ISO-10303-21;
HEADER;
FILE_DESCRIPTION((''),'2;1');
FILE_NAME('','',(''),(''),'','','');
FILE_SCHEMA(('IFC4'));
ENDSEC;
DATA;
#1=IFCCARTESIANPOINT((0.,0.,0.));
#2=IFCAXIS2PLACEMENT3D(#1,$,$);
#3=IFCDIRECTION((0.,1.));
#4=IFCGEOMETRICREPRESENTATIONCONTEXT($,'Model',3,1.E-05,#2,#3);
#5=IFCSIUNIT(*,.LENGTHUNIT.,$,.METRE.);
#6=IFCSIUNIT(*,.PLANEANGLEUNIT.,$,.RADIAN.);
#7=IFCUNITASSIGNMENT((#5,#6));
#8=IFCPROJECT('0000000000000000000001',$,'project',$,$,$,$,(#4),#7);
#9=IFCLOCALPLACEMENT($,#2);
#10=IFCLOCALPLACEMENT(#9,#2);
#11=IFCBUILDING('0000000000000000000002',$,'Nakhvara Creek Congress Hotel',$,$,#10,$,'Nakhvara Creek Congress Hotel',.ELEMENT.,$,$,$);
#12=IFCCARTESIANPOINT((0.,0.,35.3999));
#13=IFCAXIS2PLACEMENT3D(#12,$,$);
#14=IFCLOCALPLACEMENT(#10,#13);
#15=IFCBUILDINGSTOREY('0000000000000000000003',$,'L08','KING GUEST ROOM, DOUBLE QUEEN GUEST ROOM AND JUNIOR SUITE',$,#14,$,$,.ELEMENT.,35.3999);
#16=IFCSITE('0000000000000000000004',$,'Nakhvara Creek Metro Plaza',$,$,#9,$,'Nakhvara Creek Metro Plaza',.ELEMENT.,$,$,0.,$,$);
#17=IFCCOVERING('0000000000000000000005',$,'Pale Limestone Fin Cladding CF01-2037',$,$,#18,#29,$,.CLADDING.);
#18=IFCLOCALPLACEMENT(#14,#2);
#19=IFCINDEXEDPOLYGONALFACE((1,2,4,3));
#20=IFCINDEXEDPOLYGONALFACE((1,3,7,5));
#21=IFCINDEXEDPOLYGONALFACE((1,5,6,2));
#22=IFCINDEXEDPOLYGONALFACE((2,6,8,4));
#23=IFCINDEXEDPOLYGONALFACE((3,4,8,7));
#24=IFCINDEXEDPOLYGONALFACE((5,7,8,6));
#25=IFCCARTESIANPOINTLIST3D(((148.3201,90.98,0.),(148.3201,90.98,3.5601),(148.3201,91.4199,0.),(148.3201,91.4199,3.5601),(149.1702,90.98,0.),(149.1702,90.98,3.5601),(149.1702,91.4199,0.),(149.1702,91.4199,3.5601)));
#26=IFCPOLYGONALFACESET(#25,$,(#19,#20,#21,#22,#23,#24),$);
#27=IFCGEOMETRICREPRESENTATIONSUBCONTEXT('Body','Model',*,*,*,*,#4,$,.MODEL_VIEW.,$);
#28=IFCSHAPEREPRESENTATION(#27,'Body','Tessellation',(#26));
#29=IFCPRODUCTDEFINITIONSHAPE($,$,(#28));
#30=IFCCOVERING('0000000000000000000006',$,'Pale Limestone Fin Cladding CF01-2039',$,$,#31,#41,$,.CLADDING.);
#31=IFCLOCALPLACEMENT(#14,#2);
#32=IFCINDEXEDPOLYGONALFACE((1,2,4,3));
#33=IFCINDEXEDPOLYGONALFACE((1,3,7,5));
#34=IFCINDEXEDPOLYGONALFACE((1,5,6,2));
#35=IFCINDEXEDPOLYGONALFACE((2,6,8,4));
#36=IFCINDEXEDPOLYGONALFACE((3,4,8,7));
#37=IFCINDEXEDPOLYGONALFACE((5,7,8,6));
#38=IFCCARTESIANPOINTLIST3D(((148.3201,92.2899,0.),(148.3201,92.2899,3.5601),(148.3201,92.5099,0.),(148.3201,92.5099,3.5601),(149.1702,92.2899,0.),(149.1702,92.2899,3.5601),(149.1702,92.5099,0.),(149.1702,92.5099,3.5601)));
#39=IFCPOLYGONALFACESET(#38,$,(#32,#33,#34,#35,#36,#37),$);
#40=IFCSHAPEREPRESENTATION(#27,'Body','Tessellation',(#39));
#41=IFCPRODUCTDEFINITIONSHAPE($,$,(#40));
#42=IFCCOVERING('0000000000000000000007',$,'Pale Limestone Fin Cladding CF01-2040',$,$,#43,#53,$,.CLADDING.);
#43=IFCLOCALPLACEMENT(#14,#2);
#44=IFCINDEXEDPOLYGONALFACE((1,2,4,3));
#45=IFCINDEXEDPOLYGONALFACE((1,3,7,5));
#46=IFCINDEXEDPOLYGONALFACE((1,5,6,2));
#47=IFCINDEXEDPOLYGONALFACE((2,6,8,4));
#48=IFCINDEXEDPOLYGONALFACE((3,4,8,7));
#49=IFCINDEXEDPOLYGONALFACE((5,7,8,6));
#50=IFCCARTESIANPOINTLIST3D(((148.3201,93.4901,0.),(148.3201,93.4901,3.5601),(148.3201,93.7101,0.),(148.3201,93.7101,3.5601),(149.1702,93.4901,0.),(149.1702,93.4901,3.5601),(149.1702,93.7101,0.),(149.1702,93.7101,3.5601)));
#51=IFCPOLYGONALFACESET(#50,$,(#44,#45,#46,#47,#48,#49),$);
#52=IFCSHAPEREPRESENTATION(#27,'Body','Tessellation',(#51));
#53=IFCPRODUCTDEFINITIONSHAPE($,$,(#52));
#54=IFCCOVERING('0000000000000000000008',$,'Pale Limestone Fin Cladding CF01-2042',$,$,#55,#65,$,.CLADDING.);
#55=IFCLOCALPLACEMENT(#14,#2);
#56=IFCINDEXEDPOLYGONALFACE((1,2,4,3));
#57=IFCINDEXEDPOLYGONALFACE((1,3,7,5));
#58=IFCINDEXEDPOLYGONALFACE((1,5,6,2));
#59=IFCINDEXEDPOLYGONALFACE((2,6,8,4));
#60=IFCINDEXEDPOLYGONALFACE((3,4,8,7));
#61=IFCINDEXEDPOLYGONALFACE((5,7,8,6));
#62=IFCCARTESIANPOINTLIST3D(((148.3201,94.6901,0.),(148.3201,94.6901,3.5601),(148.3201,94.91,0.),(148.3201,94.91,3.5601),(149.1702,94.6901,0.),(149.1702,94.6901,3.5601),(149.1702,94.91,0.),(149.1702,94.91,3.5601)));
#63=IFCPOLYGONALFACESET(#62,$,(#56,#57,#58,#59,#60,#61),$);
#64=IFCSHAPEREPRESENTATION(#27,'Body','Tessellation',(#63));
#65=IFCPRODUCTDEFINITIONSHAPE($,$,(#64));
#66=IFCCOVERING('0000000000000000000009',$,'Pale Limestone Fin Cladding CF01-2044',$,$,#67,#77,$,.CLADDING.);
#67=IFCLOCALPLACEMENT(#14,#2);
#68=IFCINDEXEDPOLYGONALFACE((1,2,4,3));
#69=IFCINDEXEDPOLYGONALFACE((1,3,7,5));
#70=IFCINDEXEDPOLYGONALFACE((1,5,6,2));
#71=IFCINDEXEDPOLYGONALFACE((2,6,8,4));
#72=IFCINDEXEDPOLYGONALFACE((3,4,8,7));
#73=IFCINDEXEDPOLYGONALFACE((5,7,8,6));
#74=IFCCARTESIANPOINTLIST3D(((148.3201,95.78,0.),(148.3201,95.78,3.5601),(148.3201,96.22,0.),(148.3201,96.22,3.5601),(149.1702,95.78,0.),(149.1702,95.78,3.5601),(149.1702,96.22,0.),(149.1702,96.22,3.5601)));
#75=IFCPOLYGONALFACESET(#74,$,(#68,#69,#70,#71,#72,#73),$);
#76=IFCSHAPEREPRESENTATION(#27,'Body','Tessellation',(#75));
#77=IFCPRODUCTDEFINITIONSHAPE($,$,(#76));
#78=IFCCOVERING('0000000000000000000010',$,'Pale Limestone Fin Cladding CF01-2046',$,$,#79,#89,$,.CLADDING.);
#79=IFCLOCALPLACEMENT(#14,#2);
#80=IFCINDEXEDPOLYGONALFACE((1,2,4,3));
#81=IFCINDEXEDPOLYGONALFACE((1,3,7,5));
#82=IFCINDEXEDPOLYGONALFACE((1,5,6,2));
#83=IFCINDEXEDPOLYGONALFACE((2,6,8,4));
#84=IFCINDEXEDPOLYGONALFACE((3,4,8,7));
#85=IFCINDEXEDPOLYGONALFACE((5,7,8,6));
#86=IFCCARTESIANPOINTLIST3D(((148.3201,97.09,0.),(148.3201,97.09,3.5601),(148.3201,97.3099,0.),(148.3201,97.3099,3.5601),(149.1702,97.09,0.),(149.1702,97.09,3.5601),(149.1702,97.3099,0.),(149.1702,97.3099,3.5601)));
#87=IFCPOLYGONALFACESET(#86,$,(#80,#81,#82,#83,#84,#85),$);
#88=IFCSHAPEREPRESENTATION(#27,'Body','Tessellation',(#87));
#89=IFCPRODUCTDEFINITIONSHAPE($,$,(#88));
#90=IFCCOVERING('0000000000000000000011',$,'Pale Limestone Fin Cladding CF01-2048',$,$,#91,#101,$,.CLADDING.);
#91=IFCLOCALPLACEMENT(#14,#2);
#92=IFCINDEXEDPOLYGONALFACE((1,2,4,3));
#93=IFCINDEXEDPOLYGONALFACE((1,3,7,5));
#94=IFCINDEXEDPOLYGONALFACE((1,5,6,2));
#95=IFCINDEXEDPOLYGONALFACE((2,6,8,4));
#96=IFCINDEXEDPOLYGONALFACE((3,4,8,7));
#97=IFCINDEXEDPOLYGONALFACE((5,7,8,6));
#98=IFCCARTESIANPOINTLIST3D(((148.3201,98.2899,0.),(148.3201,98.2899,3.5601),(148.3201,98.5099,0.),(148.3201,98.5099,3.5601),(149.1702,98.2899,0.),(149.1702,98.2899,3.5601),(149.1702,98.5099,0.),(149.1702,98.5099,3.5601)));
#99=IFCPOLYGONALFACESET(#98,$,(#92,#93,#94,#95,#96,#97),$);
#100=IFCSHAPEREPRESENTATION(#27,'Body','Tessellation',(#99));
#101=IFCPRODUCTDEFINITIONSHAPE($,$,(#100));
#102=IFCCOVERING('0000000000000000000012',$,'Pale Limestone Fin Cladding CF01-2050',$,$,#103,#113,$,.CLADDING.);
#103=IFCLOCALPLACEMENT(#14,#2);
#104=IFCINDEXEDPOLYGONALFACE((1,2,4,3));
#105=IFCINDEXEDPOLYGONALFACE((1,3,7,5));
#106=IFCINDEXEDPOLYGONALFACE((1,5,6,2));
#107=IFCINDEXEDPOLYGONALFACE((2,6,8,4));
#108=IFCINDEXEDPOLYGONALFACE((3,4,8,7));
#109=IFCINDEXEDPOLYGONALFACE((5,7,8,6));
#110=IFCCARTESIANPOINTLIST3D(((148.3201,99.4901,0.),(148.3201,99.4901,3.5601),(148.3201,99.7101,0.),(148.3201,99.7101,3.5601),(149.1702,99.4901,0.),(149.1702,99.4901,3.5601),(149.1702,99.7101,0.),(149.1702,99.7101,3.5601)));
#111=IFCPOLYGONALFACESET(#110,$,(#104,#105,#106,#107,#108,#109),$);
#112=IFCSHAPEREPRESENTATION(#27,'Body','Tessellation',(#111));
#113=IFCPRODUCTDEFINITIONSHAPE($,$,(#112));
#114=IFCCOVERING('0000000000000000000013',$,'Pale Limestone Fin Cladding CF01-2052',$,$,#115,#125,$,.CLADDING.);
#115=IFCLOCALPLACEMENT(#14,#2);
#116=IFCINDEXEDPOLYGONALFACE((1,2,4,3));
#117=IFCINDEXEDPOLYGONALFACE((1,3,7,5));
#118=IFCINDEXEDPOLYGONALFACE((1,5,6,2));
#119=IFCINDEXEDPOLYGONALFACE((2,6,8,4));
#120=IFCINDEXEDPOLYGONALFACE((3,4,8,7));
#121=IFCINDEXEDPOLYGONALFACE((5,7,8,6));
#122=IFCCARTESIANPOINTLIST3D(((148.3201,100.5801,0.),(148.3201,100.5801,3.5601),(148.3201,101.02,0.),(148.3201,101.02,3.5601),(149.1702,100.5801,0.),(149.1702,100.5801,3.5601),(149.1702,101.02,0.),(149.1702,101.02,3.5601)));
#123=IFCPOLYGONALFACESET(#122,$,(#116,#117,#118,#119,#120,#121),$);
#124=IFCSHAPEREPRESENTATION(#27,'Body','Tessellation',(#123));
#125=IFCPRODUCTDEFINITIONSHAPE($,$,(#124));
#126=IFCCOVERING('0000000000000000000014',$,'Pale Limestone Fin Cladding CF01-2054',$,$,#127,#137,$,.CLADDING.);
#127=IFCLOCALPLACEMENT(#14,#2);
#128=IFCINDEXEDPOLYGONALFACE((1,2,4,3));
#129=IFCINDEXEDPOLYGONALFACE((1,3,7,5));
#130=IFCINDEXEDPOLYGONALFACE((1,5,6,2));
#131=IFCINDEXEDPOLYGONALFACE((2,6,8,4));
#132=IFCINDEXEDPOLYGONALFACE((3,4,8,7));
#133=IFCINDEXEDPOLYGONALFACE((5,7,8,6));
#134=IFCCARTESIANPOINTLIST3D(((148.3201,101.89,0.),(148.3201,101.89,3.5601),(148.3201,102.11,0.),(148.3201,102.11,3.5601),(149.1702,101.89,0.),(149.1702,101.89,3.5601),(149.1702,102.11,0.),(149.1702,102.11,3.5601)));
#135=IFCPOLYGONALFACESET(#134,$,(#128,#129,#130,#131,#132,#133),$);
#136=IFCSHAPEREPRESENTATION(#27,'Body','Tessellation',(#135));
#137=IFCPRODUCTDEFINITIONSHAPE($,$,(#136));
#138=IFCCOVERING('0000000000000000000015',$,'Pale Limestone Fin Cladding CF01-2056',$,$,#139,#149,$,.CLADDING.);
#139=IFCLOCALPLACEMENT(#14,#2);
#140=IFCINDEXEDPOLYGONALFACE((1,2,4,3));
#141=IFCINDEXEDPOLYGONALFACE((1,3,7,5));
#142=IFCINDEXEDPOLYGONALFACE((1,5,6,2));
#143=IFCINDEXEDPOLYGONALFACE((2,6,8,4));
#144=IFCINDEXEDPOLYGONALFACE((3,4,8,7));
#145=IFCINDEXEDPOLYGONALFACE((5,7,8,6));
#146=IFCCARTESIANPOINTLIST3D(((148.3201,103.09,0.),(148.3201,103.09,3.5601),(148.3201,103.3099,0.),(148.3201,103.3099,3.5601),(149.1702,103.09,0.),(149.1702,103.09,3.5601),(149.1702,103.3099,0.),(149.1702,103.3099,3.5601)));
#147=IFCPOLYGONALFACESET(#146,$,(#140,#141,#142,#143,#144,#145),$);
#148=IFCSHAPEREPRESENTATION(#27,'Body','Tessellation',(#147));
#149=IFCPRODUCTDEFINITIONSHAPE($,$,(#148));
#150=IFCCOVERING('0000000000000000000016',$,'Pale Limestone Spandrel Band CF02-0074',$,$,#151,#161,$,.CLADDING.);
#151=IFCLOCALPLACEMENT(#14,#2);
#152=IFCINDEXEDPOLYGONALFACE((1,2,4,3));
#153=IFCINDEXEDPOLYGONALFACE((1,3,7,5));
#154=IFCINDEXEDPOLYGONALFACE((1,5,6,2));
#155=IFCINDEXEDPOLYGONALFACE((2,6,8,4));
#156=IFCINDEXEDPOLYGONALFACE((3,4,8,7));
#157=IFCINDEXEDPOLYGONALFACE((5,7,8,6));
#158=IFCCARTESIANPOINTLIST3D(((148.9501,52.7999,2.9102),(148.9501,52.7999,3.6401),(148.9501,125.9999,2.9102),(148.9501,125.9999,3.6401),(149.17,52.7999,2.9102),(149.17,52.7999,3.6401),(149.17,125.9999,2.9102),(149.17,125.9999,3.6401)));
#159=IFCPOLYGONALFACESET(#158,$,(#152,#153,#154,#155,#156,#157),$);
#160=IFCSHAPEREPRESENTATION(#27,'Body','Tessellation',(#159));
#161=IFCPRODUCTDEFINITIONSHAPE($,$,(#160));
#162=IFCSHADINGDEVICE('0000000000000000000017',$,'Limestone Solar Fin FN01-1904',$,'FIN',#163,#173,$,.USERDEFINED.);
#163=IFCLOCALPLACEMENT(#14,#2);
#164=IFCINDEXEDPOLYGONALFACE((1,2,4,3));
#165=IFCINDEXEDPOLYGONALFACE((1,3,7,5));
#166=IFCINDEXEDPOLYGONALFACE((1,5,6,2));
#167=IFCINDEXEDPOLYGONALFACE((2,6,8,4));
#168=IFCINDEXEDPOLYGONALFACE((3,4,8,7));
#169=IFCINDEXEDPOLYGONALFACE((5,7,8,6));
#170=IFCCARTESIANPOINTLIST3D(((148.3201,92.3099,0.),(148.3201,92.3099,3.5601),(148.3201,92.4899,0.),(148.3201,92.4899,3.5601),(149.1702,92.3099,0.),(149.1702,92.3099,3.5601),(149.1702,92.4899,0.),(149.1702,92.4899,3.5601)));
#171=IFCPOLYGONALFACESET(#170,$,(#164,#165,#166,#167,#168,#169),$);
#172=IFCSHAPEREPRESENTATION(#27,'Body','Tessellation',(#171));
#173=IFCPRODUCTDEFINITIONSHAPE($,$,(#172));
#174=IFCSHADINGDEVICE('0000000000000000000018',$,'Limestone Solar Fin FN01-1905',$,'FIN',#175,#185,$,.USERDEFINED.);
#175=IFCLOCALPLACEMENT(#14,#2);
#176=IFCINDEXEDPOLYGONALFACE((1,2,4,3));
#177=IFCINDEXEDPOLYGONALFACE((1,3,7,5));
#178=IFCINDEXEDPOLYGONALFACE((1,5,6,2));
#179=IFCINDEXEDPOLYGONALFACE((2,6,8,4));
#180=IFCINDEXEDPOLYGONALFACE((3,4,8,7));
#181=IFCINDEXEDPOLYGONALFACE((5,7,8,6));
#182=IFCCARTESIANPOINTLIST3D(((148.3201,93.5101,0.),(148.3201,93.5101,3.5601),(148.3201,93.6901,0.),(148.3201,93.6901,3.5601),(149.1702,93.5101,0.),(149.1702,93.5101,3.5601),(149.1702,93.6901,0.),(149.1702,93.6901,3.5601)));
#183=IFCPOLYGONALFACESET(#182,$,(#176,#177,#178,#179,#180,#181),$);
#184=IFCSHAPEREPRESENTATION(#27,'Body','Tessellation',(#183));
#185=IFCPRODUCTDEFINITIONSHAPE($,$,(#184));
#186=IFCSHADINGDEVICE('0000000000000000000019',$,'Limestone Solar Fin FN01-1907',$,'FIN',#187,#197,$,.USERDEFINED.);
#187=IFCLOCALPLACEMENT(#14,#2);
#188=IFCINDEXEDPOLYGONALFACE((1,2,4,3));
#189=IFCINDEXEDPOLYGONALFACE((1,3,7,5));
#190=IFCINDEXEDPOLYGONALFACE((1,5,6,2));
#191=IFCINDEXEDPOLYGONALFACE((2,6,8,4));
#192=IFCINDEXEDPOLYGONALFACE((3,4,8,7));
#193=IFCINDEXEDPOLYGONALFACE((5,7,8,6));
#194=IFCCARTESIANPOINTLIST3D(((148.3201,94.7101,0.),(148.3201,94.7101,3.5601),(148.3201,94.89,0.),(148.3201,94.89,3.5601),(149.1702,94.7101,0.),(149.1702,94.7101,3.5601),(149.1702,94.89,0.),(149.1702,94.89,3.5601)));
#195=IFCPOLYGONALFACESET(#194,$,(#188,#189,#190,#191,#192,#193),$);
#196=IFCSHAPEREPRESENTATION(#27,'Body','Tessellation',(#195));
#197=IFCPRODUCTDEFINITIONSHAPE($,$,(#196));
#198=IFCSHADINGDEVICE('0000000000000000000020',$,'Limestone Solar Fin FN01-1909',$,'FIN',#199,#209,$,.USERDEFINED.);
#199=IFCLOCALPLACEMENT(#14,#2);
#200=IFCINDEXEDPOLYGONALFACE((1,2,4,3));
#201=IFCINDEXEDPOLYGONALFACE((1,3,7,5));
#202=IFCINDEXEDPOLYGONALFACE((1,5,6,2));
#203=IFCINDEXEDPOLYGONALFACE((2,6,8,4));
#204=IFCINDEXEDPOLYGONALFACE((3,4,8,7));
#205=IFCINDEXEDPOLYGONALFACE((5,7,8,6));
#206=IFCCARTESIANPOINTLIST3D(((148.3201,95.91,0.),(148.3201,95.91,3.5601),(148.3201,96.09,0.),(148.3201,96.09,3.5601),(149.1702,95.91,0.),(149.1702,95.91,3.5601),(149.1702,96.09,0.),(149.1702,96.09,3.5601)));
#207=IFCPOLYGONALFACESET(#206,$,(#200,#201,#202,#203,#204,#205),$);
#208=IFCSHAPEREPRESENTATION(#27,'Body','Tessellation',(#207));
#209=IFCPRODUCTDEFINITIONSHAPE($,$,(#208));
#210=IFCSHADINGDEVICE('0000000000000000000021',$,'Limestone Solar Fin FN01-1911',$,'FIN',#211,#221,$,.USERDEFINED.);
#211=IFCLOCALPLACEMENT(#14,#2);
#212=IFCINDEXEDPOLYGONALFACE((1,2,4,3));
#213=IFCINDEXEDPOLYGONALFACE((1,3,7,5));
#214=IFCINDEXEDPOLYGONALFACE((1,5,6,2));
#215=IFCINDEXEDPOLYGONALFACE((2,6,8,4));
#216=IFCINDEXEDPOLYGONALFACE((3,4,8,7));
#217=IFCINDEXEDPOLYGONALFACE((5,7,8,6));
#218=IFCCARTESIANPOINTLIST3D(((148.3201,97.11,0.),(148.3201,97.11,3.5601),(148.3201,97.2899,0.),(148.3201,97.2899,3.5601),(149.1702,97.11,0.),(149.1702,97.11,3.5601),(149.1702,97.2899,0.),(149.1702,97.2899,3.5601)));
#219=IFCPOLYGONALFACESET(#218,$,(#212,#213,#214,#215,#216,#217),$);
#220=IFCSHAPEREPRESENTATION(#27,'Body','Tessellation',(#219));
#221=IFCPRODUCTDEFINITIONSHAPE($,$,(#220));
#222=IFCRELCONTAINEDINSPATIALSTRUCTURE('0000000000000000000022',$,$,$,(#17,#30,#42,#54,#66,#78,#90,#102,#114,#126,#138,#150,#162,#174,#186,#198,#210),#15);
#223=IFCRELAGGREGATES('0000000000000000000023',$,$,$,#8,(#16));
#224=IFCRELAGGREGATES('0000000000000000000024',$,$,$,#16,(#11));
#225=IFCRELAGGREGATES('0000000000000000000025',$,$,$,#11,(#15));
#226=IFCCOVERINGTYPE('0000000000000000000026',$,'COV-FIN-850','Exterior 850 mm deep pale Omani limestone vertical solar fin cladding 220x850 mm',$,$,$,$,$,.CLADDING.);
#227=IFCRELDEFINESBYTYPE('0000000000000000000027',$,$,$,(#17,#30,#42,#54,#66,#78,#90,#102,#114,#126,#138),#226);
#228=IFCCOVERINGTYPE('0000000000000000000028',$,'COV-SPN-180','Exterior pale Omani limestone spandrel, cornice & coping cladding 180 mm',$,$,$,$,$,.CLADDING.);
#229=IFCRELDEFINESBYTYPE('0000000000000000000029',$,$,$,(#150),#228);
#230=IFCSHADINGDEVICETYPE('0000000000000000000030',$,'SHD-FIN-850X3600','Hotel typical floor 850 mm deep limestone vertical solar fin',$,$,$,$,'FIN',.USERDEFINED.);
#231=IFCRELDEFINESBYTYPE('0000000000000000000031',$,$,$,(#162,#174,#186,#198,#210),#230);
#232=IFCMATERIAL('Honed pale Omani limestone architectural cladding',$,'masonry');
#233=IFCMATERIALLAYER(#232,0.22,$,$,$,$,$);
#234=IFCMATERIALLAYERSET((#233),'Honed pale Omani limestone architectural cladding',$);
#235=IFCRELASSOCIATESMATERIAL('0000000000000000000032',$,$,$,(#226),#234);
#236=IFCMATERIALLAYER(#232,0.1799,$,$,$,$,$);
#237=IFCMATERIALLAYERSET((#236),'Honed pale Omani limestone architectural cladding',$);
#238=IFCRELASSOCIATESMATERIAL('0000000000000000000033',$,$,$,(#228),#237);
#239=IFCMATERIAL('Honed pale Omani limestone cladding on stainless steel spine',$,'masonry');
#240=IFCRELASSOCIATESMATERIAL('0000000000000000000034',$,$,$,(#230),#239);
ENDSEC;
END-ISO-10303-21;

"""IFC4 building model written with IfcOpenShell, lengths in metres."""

from ifc_helpers import new_model, si_unit, direction, frame, origin, origin_2d, place, context, subcontext, project, spatial, rectangle, extrude, material, layer, layer_set, type_object, element, save


model = new_model("IFC4")

# Units and contexts
model_context = context("Model", 3, precision=1e-05, world=origin(), true_north=direction((0.0, 1.0)))
body_context = subcontext(model_context, "Body", "Model", "MODEL_VIEW")
ifc_project = project(units=[si_unit("LENGTHUNIT", "METRE"), si_unit("PLANEANGLEUNIT", "RADIAN")], contexts=[model_context])

# Site, building, storey
site_placement = place(None, origin())
site = spatial("IfcSite", under=ifc_project, at=site_placement, Name="Nakhvara Creek Metro Plaza", LongName="Nakhvara Creek Metro Plaza", CompositionType="ELEMENT", RefElevation=0.0)
building_placement = place(site_placement, origin())
building = spatial("IfcBuilding", under=site, at=building_placement, Name="Nakhvara Creek Congress Hotel", LongName="Nakhvara Creek Congress Hotel", CompositionType="ELEMENT")
storey_placement = place(building_placement, frame((0.0, 0.0, 35.3999)))
storey = spatial("IfcBuildingStorey", under=building, at=storey_placement, Name="L08", Description="KING GUEST ROOM, DOUBLE QUEEN GUEST ROOM AND JUNIOR SUITE", CompositionType="ELEMENT", Elevation=35.3999)

# Coverings
ifc_material_1 = material(Name="Honed pale Omani limestone architectural cladding", Category="masonry")
ifc_layer_1 = layer(ifc_material_1, 0.22)
ifc_layer_set_1 = layer_set([ifc_layer_1], Name="Honed pale Omani limestone architectural cladding")
covering_type_1 = type_object("IfcCoveringType", Name="COV-FIN-850", Description="Exterior 850 mm deep pale Omani limestone vertical solar fin cladding 220x850 mm", PredefinedType="CLADDING", material=ifc_layer_set_1)
covering_1_placement = place(storey_placement, frame((148.7451, 91.2, 0.0), z_axis=(0.0, 0.0, 1.0), x_axis=(0.0, 1.0, 0.0)))
element("IfcCovering", 1, at=covering_1_placement, inside=storey, type_object=covering_type_1, Name="Pale Limestone Fin Cladding CF01-2037", PredefinedType="CLADDING", context=body_context, shape_type="SweptSolid", body=[
    extrude(rectangle(XDim=0.4399, YDim=0.8501, at=origin_2d()), origin(), (0.0, 0.0, 1.0), 3.5601),
])
for number, where, z_axis, x_axis, name in (
    (2, (148.7451, 92.3999, 0.0), (0.0, 0.0, 1.0), (0.0, 1.0, 0.0), "Pale Limestone Fin Cladding CF01-2039"),
    (3, (148.7451, 93.6001, 0.0), (0.0, 0.0, 1.0), (0.0, 1.0, 0.0), "Pale Limestone Fin Cladding CF01-2040"),
    (4, (148.7451, 94.8, 0.0), (0.0, 0.0, 1.0), (0.0, 1.0, 0.0), "Pale Limestone Fin Cladding CF01-2042"),
):
    element("IfcCovering", number, at=place(storey_placement, frame(where, z_axis=z_axis, x_axis=x_axis)), inside=storey, type_object=covering_type_1, Name=name, PredefinedType="CLADDING", context=body_context, shape_type="SweptSolid", body=[
        extrude(rectangle(XDim=0.22, YDim=0.8501, at=origin_2d()), origin(), (0.0, 0.0, 1.0), 3.5601),
    ])
covering_2_placement = place(storey_placement, frame((148.7451, 96.0, 0.0), z_axis=(0.0, 0.0, 1.0), x_axis=(0.0, 1.0, 0.0)))
element("IfcCovering", 5, at=covering_2_placement, inside=storey, type_object=covering_type_1, Name="Pale Limestone Fin Cladding CF01-2044", PredefinedType="CLADDING", context=body_context, shape_type="SweptSolid", body=[
    extrude(rectangle(XDim=0.4399, YDim=0.8501, at=origin_2d()), origin(), (0.0, 0.0, 1.0), 3.5601),
])
for number, where, z_axis, x_axis, name in (
    (6, (148.7451, 97.2, 0.0), (0.0, 0.0, 1.0), (0.0, 1.0, 0.0), "Pale Limestone Fin Cladding CF01-2046"),
    (7, (148.7451, 98.3999, 0.0), (0.0, 0.0, 1.0), (0.0, 1.0, 0.0), "Pale Limestone Fin Cladding CF01-2048"),
    (8, (148.7451, 99.6001, 0.0), (0.0, 0.0, 1.0), (0.0, 1.0, 0.0), "Pale Limestone Fin Cladding CF01-2050"),
):
    element("IfcCovering", number, at=place(storey_placement, frame(where, z_axis=z_axis, x_axis=x_axis)), inside=storey, type_object=covering_type_1, Name=name, PredefinedType="CLADDING", context=body_context, shape_type="SweptSolid", body=[
        extrude(rectangle(XDim=0.22, YDim=0.8501, at=origin_2d()), origin(), (0.0, 0.0, 1.0), 3.5601),
    ])
covering_3_placement = place(storey_placement, frame((148.7451, 100.8, 0.0), z_axis=(0.0, 0.0, 1.0), x_axis=(0.0, 1.0, 0.0)))
element("IfcCovering", 9, at=covering_3_placement, inside=storey, type_object=covering_type_1, Name="Pale Limestone Fin Cladding CF01-2052", PredefinedType="CLADDING", context=body_context, shape_type="SweptSolid", body=[
    extrude(rectangle(XDim=0.4399, YDim=0.8501, at=origin_2d()), origin(), (0.0, 0.0, 1.0), 3.5601),
])
for number, where, z_axis, x_axis, name in (
    (10, (148.7451, 102.0, 0.0), (0.0, 0.0, 1.0), (0.0, 1.0, 0.0), "Pale Limestone Fin Cladding CF01-2054"),
    (11, (148.7451, 103.2, 0.0), (0.0, 0.0, 1.0), (0.0, 1.0, 0.0), "Pale Limestone Fin Cladding CF01-2056"),
):
    element("IfcCovering", number, at=place(storey_placement, frame(where, z_axis=z_axis, x_axis=x_axis)), inside=storey, type_object=covering_type_1, Name=name, PredefinedType="CLADDING", context=body_context, shape_type="SweptSolid", body=[
        extrude(rectangle(XDim=0.22, YDim=0.8501, at=origin_2d()), origin(), (0.0, 0.0, 1.0), 3.5601),
    ])
ifc_layer_2 = layer(ifc_material_1, 0.1799)
ifc_layer_set_2 = layer_set([ifc_layer_2], Name="Honed pale Omani limestone architectural cladding")
covering_type_2 = type_object("IfcCoveringType", Name="COV-SPN-180", Description="Exterior pale Omani limestone spandrel, cornice & coping cladding 180 mm", PredefinedType="CLADDING", material=ifc_layer_set_2)
covering_4_placement = place(storey_placement, frame((149.0601, 89.3999, 2.9102), z_axis=(0.0, 0.0, 1.0), x_axis=(0.0, 1.0, 0.0)))
element("IfcCovering", 12, at=covering_4_placement, inside=storey, type_object=covering_type_2, Name="Pale Limestone Spandrel Band CF02-0074", PredefinedType="CLADDING", context=body_context, shape_type="SweptSolid", body=[
    extrude(rectangle(XDim=73.2, YDim=0.22, at=origin_2d()), origin(), (0.0, 0.0, 1.0), 0.73),
])

# Shading devices
ifc_material_2 = material(Name="Honed pale Omani limestone cladding on stainless steel spine", Category="masonry")
shading_device_type = type_object("IfcShadingDeviceType", Name="SHD-FIN-850X3600", Description="Hotel typical floor 850 mm deep limestone vertical solar fin", ElementType="FIN", PredefinedType="USERDEFINED", material=ifc_material_2)
for number, where, z_axis, x_axis, name in (
    (13, (148.7451, 92.3999, 0.0), (0.0, 0.0, 1.0), (0.0, 1.0, 0.0), "Limestone Solar Fin FN01-1904"),
    (14, (148.7451, 93.6001, 0.0), (0.0, 0.0, 1.0), (0.0, 1.0, 0.0), "Limestone Solar Fin FN01-1905"),
    (15, (148.7451, 94.8, 0.0), (0.0, 0.0, 1.0), (0.0, 1.0, 0.0), "Limestone Solar Fin FN01-1907"),
    (16, (148.7451, 96.0, 0.0), (0.0, 0.0, 1.0), (0.0, 1.0, 0.0), "Limestone Solar Fin FN01-1909"),
    (17, (148.7451, 97.2, 0.0), (0.0, 0.0, 1.0), (0.0, 1.0, 0.0), "Limestone Solar Fin FN01-1911"),
):
    element("IfcShadingDevice", number, at=place(storey_placement, frame(where, z_axis=z_axis, x_axis=x_axis)), inside=storey, type_object=shading_device_type, Name=name, ObjectType="FIN", PredefinedType="USERDEFINED", context=body_context, shape_type="SweptSolid", body=[
        extrude(rectangle(XDim=0.1799, YDim=0.8501, at=origin_2d()), origin(), (0.0, 0.0, 1.0), 3.5601),
    ])

save(model, "model.ifc")
